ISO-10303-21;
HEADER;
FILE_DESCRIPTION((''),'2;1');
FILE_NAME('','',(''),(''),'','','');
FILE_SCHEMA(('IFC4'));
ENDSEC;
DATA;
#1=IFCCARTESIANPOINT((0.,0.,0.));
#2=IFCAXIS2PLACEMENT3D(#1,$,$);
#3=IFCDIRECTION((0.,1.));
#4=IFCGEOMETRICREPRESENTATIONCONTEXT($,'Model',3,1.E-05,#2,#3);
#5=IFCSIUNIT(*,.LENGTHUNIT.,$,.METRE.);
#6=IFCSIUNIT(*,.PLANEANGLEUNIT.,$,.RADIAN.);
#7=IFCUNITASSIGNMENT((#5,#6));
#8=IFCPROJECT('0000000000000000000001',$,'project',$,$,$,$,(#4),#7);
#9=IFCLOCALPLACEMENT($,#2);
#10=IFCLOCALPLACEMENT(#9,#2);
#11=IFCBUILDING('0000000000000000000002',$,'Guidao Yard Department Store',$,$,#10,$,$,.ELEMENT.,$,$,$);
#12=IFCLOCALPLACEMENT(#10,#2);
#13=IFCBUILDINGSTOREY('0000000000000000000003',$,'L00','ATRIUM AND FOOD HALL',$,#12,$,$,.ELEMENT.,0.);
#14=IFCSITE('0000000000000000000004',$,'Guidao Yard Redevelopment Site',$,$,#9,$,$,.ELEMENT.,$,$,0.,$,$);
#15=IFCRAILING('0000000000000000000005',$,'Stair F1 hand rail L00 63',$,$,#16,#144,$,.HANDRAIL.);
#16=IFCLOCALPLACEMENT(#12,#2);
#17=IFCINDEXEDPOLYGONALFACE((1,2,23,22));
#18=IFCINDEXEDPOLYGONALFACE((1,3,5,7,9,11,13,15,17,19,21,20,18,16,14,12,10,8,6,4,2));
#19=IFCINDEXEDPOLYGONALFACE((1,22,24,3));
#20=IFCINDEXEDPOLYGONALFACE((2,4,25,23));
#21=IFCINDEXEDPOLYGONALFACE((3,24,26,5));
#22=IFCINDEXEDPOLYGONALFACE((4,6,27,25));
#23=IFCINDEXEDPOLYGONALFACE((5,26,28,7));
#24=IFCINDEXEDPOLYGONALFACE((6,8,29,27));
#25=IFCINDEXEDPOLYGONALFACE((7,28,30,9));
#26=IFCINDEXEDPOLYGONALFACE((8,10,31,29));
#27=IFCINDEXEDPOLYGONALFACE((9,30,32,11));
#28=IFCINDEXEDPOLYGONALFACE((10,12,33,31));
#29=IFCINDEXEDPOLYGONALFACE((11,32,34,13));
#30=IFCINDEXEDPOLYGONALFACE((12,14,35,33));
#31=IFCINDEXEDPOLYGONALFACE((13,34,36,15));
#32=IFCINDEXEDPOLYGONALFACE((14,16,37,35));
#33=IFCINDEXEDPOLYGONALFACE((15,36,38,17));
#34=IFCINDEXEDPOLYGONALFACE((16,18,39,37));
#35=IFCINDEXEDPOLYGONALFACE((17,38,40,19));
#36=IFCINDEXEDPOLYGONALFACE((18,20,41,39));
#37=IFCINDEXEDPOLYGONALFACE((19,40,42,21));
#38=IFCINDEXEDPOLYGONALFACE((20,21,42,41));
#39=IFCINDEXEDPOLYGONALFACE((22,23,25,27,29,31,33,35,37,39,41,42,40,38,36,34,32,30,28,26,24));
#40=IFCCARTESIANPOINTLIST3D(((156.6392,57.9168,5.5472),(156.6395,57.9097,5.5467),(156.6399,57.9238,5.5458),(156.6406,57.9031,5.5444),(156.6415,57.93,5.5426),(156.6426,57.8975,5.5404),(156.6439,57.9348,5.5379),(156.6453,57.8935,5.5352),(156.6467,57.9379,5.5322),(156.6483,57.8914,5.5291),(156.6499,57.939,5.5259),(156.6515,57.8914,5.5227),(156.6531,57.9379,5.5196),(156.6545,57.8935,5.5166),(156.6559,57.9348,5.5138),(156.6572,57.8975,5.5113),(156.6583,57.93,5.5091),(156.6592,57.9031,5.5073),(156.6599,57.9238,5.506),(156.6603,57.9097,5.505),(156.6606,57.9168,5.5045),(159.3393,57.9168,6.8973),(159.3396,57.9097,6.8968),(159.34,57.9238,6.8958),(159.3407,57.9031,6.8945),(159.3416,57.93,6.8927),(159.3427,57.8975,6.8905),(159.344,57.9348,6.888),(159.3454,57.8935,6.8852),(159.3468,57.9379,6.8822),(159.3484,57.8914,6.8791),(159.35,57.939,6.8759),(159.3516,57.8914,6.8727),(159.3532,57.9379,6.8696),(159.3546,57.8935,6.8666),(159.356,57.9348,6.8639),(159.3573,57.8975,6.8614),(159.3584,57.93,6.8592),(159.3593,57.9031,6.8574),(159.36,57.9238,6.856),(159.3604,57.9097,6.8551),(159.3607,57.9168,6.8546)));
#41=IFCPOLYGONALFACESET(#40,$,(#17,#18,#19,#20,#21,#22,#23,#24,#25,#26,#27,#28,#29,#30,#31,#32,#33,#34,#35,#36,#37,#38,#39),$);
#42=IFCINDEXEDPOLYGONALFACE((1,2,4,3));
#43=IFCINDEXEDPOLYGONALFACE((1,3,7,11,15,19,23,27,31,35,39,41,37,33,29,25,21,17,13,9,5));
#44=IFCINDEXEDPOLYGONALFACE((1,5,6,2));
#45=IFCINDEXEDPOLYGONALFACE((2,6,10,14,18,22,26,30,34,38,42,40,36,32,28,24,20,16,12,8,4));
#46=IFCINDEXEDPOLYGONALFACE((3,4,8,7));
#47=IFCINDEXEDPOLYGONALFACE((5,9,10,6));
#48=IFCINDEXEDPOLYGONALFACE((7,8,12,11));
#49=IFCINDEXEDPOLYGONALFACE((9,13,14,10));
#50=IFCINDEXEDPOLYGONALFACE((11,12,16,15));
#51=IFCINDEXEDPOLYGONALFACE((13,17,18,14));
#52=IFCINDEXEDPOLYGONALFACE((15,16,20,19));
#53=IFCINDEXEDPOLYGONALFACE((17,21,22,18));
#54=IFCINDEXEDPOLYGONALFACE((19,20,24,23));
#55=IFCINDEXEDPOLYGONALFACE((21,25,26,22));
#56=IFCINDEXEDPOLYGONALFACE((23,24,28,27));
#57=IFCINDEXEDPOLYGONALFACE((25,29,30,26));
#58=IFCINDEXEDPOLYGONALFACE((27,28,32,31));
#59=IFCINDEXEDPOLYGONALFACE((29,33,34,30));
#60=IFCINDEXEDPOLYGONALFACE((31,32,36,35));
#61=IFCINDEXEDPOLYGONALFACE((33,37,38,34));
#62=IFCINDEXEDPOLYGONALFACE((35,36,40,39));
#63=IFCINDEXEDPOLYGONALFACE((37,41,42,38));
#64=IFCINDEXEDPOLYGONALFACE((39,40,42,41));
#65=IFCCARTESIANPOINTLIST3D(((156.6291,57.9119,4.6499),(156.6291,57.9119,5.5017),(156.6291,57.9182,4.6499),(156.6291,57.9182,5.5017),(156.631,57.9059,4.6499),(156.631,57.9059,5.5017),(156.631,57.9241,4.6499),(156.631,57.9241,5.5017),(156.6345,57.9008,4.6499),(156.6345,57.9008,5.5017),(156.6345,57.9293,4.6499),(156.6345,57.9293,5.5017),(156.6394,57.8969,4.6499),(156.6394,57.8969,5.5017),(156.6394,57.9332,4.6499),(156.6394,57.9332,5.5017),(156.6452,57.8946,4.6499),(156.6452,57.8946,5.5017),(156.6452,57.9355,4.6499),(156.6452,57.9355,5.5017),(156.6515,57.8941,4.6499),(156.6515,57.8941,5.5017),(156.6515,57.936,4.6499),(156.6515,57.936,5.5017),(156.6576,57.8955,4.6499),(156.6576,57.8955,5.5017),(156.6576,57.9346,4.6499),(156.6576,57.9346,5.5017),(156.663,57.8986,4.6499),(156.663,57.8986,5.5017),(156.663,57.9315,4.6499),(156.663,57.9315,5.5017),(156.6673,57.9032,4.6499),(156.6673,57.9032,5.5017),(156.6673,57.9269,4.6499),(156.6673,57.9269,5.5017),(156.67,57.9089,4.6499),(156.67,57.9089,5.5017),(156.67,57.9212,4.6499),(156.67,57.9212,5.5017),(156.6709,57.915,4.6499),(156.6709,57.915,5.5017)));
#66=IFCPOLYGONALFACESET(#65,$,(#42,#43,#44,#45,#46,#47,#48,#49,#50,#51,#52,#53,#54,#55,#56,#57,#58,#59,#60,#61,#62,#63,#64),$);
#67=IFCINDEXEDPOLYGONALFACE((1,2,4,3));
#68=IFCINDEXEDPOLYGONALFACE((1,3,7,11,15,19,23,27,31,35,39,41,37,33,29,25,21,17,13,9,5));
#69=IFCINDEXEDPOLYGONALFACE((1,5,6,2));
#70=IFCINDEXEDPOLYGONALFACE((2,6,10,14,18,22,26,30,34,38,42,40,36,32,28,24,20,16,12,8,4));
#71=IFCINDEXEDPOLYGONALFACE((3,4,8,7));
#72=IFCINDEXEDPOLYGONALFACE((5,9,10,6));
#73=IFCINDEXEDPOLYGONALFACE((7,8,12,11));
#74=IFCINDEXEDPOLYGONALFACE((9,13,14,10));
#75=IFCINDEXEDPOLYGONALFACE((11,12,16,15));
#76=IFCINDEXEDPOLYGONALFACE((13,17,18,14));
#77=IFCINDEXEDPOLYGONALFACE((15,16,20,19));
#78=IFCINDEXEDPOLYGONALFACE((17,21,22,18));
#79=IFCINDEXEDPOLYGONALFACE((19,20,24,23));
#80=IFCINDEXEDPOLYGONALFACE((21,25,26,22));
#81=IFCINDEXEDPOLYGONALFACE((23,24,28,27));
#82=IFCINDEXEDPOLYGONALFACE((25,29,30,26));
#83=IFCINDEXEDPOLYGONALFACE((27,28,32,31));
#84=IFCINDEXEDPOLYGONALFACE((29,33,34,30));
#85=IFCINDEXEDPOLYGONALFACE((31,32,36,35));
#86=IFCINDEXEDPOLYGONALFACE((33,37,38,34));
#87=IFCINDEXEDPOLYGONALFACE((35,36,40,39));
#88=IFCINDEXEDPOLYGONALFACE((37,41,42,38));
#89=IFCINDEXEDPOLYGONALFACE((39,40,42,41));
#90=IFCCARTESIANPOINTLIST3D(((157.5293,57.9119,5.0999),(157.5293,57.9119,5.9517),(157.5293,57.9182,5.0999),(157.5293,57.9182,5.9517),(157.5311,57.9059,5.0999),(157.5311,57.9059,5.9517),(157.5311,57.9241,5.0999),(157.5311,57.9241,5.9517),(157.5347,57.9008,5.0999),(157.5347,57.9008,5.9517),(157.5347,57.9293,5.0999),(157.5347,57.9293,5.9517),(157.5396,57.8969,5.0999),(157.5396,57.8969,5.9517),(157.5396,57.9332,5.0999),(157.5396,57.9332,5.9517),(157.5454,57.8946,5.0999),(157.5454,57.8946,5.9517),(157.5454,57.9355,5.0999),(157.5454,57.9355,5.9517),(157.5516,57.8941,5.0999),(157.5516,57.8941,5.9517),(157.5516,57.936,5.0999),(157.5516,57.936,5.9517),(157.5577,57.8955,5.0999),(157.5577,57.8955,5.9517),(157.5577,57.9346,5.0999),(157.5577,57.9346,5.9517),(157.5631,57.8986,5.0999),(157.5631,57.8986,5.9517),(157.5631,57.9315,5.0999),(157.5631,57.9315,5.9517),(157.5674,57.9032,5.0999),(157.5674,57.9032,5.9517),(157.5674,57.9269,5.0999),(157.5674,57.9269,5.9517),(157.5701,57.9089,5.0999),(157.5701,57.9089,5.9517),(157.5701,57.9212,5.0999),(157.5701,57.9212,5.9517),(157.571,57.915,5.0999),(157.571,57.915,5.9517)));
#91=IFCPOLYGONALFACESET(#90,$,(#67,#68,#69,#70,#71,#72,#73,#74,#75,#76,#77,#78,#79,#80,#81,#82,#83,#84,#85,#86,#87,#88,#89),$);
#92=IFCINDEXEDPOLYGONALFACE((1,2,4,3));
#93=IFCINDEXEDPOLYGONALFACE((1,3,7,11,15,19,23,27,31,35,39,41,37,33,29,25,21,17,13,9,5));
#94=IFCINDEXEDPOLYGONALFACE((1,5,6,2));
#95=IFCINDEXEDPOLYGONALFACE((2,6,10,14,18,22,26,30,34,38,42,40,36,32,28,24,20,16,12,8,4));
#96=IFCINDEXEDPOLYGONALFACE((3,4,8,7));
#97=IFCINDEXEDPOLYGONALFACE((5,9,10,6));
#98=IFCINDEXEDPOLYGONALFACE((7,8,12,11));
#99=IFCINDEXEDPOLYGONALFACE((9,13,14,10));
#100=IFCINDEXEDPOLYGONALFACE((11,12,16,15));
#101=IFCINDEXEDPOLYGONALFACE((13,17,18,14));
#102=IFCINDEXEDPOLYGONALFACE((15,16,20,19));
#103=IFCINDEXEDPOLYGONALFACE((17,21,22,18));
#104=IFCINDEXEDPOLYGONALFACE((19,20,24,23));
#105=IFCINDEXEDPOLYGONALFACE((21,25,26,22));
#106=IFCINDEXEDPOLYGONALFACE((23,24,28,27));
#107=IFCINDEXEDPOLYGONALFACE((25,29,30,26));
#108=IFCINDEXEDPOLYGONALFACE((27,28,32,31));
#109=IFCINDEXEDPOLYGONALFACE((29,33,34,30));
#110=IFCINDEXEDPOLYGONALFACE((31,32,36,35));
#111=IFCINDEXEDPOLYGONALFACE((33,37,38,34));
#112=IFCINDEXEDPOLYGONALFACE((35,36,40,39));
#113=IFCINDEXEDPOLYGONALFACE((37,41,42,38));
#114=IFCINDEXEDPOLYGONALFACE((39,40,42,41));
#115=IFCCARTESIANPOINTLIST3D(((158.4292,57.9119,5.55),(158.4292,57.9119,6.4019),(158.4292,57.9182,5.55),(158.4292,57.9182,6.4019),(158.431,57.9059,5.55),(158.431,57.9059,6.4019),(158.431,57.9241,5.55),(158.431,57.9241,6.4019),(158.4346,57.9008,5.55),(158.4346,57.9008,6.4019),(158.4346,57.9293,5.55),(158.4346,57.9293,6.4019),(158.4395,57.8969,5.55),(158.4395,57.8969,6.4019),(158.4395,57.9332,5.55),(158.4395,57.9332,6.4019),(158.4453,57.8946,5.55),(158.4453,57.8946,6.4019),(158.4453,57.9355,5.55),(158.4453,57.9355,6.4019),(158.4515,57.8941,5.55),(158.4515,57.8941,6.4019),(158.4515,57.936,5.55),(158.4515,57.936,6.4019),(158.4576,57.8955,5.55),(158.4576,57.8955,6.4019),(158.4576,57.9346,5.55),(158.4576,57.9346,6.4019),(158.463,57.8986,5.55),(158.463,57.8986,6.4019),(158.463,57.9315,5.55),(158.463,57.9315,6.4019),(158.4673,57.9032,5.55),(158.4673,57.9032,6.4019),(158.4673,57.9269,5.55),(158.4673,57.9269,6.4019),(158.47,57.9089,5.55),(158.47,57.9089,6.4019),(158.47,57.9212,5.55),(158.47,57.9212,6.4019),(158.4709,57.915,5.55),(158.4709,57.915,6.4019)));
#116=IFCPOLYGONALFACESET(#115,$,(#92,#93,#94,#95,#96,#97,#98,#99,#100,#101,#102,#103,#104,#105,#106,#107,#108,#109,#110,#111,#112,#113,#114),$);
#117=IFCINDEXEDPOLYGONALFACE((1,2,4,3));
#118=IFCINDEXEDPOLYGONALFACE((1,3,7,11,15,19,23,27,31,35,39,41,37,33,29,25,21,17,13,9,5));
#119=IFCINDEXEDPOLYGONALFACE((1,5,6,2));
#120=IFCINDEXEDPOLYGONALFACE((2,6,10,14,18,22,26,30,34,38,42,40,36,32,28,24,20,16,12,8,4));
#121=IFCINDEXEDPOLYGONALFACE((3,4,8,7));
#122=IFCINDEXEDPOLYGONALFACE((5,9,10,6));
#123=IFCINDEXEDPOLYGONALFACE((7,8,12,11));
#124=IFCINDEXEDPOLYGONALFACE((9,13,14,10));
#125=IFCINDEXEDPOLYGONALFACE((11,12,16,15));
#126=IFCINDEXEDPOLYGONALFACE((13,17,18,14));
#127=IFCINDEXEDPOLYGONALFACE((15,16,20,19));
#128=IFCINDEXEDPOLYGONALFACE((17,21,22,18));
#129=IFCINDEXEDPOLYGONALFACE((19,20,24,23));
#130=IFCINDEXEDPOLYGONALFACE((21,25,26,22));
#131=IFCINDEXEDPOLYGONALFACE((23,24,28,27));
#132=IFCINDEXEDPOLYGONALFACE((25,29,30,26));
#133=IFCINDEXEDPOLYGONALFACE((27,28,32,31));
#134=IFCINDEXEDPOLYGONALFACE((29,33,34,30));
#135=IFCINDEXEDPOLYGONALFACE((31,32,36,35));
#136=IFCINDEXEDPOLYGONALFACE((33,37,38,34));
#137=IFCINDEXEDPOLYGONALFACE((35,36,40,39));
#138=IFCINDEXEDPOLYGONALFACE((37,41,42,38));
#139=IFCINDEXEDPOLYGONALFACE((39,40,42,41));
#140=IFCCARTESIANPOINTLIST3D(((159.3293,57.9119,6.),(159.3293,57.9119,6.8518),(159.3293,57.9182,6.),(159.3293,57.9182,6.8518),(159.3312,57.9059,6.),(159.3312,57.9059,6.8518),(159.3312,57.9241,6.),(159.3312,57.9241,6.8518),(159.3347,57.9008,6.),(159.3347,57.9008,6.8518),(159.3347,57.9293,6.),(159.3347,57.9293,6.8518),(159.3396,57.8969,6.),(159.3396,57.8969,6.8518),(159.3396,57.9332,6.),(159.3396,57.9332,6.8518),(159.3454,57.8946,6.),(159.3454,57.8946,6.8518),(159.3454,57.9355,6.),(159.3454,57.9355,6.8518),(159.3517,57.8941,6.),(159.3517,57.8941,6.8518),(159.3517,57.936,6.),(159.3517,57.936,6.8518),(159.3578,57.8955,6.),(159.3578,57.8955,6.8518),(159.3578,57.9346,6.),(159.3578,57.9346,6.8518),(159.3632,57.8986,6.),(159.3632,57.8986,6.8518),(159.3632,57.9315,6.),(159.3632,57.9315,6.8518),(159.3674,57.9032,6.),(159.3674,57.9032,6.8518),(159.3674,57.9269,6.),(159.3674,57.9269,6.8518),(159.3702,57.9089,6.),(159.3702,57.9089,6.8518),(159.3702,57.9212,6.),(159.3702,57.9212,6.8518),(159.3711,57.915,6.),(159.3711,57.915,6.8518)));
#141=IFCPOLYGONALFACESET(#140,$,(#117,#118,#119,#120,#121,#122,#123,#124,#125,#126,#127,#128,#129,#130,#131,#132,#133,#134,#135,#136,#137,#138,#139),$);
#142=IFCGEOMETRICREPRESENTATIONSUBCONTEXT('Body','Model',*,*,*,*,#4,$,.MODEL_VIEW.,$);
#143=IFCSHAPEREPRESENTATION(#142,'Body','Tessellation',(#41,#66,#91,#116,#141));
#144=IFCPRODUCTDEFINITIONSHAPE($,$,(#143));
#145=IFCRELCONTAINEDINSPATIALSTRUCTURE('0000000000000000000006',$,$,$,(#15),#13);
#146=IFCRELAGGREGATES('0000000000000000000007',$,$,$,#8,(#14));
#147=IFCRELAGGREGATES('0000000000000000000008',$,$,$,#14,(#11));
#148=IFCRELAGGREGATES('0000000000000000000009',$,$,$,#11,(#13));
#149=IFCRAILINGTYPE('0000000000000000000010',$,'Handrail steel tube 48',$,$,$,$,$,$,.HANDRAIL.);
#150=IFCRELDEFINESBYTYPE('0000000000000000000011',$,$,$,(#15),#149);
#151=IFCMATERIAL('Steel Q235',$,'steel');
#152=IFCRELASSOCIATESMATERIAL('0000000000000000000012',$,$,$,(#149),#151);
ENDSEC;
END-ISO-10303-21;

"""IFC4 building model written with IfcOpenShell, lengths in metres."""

from ifc_helpers import new_model, si_unit, direction, frame, origin, origin_2d, place, context, subcontext, project, spatial, circle, extrude, material, type_object, element, save


model = new_model("IFC4")

# Units and contexts
model_context = context("Model", 3, precision=1e-05, world=origin(), true_north=direction((0.0, 1.0)))
body_context = subcontext(model_context, "Body", "Model", "MODEL_VIEW")
ifc_project = project(units=[si_unit("LENGTHUNIT", "METRE"), si_unit("PLANEANGLEUNIT", "RADIAN")], contexts=[model_context])

# Site, building, storey
site_placement = place(None, origin())
site = spatial("IfcSite", under=ifc_project, at=site_placement, Name="Guidao Yard Redevelopment Site", CompositionType="ELEMENT", RefElevation=0.0)
building_placement = place(site_placement, origin())
building = spatial("IfcBuilding", under=site, at=building_placement, Name="Guidao Yard Department Store", CompositionType="ELEMENT")
storey_placement = place(building_placement, origin())
storey = spatial("IfcBuildingStorey", under=building, at=storey_placement, Name="L00", Description="ATRIUM AND FOOD HALL", CompositionType="ELEMENT", Elevation=0.0)

# Railing
ifc_material_1 = material(Name="Steel Q235", Category="steel")
railing_type = type_object("IfcRailingType", Name="Handrail steel tube 48", PredefinedType="HANDRAIL", material=ifc_material_1)
for number, where, name in (
    (1, (156.6499, 57.915, 4.6499), "Stair F1 hand rail L00 63"),
):
    element("IfcRailing", number, at=place(storey_placement, frame(where)), inside=storey, type_object=railing_type, Name=name, PredefinedType="HANDRAIL", context=body_context, shape_type="SweptSolid", body=[
        extrude(circle(Radius=0.0239, at=origin_2d()), frame((0.0, 0.0, 0.876), z_axis=(0.894427, 0.0, 0.447214), x_axis=(0.0, 1.0, 0.0)), (0.0, 0.0, 1.0), 3.0188),
        extrude(circle(Radius=0.021, at=origin_2d()), origin(), (0.0, 0.0, 1.0), 0.8518),
        extrude(circle(Radius=0.021, at=origin_2d()), frame((0.9001, 0.0, 0.45)), (0.0, 0.0, 1.0), 0.8518),
        extrude(circle(Radius=0.021, at=origin_2d()), frame((1.8, 0.0, 0.9001)), (0.0, 0.0, 1.0), 0.8518),
        extrude(circle(Radius=0.021, at=origin_2d()), frame((2.7002, 0.0, 1.3501)), (0.0, 0.0, 1.0), 0.8518),
    ])

save(model, "model.ifc")
